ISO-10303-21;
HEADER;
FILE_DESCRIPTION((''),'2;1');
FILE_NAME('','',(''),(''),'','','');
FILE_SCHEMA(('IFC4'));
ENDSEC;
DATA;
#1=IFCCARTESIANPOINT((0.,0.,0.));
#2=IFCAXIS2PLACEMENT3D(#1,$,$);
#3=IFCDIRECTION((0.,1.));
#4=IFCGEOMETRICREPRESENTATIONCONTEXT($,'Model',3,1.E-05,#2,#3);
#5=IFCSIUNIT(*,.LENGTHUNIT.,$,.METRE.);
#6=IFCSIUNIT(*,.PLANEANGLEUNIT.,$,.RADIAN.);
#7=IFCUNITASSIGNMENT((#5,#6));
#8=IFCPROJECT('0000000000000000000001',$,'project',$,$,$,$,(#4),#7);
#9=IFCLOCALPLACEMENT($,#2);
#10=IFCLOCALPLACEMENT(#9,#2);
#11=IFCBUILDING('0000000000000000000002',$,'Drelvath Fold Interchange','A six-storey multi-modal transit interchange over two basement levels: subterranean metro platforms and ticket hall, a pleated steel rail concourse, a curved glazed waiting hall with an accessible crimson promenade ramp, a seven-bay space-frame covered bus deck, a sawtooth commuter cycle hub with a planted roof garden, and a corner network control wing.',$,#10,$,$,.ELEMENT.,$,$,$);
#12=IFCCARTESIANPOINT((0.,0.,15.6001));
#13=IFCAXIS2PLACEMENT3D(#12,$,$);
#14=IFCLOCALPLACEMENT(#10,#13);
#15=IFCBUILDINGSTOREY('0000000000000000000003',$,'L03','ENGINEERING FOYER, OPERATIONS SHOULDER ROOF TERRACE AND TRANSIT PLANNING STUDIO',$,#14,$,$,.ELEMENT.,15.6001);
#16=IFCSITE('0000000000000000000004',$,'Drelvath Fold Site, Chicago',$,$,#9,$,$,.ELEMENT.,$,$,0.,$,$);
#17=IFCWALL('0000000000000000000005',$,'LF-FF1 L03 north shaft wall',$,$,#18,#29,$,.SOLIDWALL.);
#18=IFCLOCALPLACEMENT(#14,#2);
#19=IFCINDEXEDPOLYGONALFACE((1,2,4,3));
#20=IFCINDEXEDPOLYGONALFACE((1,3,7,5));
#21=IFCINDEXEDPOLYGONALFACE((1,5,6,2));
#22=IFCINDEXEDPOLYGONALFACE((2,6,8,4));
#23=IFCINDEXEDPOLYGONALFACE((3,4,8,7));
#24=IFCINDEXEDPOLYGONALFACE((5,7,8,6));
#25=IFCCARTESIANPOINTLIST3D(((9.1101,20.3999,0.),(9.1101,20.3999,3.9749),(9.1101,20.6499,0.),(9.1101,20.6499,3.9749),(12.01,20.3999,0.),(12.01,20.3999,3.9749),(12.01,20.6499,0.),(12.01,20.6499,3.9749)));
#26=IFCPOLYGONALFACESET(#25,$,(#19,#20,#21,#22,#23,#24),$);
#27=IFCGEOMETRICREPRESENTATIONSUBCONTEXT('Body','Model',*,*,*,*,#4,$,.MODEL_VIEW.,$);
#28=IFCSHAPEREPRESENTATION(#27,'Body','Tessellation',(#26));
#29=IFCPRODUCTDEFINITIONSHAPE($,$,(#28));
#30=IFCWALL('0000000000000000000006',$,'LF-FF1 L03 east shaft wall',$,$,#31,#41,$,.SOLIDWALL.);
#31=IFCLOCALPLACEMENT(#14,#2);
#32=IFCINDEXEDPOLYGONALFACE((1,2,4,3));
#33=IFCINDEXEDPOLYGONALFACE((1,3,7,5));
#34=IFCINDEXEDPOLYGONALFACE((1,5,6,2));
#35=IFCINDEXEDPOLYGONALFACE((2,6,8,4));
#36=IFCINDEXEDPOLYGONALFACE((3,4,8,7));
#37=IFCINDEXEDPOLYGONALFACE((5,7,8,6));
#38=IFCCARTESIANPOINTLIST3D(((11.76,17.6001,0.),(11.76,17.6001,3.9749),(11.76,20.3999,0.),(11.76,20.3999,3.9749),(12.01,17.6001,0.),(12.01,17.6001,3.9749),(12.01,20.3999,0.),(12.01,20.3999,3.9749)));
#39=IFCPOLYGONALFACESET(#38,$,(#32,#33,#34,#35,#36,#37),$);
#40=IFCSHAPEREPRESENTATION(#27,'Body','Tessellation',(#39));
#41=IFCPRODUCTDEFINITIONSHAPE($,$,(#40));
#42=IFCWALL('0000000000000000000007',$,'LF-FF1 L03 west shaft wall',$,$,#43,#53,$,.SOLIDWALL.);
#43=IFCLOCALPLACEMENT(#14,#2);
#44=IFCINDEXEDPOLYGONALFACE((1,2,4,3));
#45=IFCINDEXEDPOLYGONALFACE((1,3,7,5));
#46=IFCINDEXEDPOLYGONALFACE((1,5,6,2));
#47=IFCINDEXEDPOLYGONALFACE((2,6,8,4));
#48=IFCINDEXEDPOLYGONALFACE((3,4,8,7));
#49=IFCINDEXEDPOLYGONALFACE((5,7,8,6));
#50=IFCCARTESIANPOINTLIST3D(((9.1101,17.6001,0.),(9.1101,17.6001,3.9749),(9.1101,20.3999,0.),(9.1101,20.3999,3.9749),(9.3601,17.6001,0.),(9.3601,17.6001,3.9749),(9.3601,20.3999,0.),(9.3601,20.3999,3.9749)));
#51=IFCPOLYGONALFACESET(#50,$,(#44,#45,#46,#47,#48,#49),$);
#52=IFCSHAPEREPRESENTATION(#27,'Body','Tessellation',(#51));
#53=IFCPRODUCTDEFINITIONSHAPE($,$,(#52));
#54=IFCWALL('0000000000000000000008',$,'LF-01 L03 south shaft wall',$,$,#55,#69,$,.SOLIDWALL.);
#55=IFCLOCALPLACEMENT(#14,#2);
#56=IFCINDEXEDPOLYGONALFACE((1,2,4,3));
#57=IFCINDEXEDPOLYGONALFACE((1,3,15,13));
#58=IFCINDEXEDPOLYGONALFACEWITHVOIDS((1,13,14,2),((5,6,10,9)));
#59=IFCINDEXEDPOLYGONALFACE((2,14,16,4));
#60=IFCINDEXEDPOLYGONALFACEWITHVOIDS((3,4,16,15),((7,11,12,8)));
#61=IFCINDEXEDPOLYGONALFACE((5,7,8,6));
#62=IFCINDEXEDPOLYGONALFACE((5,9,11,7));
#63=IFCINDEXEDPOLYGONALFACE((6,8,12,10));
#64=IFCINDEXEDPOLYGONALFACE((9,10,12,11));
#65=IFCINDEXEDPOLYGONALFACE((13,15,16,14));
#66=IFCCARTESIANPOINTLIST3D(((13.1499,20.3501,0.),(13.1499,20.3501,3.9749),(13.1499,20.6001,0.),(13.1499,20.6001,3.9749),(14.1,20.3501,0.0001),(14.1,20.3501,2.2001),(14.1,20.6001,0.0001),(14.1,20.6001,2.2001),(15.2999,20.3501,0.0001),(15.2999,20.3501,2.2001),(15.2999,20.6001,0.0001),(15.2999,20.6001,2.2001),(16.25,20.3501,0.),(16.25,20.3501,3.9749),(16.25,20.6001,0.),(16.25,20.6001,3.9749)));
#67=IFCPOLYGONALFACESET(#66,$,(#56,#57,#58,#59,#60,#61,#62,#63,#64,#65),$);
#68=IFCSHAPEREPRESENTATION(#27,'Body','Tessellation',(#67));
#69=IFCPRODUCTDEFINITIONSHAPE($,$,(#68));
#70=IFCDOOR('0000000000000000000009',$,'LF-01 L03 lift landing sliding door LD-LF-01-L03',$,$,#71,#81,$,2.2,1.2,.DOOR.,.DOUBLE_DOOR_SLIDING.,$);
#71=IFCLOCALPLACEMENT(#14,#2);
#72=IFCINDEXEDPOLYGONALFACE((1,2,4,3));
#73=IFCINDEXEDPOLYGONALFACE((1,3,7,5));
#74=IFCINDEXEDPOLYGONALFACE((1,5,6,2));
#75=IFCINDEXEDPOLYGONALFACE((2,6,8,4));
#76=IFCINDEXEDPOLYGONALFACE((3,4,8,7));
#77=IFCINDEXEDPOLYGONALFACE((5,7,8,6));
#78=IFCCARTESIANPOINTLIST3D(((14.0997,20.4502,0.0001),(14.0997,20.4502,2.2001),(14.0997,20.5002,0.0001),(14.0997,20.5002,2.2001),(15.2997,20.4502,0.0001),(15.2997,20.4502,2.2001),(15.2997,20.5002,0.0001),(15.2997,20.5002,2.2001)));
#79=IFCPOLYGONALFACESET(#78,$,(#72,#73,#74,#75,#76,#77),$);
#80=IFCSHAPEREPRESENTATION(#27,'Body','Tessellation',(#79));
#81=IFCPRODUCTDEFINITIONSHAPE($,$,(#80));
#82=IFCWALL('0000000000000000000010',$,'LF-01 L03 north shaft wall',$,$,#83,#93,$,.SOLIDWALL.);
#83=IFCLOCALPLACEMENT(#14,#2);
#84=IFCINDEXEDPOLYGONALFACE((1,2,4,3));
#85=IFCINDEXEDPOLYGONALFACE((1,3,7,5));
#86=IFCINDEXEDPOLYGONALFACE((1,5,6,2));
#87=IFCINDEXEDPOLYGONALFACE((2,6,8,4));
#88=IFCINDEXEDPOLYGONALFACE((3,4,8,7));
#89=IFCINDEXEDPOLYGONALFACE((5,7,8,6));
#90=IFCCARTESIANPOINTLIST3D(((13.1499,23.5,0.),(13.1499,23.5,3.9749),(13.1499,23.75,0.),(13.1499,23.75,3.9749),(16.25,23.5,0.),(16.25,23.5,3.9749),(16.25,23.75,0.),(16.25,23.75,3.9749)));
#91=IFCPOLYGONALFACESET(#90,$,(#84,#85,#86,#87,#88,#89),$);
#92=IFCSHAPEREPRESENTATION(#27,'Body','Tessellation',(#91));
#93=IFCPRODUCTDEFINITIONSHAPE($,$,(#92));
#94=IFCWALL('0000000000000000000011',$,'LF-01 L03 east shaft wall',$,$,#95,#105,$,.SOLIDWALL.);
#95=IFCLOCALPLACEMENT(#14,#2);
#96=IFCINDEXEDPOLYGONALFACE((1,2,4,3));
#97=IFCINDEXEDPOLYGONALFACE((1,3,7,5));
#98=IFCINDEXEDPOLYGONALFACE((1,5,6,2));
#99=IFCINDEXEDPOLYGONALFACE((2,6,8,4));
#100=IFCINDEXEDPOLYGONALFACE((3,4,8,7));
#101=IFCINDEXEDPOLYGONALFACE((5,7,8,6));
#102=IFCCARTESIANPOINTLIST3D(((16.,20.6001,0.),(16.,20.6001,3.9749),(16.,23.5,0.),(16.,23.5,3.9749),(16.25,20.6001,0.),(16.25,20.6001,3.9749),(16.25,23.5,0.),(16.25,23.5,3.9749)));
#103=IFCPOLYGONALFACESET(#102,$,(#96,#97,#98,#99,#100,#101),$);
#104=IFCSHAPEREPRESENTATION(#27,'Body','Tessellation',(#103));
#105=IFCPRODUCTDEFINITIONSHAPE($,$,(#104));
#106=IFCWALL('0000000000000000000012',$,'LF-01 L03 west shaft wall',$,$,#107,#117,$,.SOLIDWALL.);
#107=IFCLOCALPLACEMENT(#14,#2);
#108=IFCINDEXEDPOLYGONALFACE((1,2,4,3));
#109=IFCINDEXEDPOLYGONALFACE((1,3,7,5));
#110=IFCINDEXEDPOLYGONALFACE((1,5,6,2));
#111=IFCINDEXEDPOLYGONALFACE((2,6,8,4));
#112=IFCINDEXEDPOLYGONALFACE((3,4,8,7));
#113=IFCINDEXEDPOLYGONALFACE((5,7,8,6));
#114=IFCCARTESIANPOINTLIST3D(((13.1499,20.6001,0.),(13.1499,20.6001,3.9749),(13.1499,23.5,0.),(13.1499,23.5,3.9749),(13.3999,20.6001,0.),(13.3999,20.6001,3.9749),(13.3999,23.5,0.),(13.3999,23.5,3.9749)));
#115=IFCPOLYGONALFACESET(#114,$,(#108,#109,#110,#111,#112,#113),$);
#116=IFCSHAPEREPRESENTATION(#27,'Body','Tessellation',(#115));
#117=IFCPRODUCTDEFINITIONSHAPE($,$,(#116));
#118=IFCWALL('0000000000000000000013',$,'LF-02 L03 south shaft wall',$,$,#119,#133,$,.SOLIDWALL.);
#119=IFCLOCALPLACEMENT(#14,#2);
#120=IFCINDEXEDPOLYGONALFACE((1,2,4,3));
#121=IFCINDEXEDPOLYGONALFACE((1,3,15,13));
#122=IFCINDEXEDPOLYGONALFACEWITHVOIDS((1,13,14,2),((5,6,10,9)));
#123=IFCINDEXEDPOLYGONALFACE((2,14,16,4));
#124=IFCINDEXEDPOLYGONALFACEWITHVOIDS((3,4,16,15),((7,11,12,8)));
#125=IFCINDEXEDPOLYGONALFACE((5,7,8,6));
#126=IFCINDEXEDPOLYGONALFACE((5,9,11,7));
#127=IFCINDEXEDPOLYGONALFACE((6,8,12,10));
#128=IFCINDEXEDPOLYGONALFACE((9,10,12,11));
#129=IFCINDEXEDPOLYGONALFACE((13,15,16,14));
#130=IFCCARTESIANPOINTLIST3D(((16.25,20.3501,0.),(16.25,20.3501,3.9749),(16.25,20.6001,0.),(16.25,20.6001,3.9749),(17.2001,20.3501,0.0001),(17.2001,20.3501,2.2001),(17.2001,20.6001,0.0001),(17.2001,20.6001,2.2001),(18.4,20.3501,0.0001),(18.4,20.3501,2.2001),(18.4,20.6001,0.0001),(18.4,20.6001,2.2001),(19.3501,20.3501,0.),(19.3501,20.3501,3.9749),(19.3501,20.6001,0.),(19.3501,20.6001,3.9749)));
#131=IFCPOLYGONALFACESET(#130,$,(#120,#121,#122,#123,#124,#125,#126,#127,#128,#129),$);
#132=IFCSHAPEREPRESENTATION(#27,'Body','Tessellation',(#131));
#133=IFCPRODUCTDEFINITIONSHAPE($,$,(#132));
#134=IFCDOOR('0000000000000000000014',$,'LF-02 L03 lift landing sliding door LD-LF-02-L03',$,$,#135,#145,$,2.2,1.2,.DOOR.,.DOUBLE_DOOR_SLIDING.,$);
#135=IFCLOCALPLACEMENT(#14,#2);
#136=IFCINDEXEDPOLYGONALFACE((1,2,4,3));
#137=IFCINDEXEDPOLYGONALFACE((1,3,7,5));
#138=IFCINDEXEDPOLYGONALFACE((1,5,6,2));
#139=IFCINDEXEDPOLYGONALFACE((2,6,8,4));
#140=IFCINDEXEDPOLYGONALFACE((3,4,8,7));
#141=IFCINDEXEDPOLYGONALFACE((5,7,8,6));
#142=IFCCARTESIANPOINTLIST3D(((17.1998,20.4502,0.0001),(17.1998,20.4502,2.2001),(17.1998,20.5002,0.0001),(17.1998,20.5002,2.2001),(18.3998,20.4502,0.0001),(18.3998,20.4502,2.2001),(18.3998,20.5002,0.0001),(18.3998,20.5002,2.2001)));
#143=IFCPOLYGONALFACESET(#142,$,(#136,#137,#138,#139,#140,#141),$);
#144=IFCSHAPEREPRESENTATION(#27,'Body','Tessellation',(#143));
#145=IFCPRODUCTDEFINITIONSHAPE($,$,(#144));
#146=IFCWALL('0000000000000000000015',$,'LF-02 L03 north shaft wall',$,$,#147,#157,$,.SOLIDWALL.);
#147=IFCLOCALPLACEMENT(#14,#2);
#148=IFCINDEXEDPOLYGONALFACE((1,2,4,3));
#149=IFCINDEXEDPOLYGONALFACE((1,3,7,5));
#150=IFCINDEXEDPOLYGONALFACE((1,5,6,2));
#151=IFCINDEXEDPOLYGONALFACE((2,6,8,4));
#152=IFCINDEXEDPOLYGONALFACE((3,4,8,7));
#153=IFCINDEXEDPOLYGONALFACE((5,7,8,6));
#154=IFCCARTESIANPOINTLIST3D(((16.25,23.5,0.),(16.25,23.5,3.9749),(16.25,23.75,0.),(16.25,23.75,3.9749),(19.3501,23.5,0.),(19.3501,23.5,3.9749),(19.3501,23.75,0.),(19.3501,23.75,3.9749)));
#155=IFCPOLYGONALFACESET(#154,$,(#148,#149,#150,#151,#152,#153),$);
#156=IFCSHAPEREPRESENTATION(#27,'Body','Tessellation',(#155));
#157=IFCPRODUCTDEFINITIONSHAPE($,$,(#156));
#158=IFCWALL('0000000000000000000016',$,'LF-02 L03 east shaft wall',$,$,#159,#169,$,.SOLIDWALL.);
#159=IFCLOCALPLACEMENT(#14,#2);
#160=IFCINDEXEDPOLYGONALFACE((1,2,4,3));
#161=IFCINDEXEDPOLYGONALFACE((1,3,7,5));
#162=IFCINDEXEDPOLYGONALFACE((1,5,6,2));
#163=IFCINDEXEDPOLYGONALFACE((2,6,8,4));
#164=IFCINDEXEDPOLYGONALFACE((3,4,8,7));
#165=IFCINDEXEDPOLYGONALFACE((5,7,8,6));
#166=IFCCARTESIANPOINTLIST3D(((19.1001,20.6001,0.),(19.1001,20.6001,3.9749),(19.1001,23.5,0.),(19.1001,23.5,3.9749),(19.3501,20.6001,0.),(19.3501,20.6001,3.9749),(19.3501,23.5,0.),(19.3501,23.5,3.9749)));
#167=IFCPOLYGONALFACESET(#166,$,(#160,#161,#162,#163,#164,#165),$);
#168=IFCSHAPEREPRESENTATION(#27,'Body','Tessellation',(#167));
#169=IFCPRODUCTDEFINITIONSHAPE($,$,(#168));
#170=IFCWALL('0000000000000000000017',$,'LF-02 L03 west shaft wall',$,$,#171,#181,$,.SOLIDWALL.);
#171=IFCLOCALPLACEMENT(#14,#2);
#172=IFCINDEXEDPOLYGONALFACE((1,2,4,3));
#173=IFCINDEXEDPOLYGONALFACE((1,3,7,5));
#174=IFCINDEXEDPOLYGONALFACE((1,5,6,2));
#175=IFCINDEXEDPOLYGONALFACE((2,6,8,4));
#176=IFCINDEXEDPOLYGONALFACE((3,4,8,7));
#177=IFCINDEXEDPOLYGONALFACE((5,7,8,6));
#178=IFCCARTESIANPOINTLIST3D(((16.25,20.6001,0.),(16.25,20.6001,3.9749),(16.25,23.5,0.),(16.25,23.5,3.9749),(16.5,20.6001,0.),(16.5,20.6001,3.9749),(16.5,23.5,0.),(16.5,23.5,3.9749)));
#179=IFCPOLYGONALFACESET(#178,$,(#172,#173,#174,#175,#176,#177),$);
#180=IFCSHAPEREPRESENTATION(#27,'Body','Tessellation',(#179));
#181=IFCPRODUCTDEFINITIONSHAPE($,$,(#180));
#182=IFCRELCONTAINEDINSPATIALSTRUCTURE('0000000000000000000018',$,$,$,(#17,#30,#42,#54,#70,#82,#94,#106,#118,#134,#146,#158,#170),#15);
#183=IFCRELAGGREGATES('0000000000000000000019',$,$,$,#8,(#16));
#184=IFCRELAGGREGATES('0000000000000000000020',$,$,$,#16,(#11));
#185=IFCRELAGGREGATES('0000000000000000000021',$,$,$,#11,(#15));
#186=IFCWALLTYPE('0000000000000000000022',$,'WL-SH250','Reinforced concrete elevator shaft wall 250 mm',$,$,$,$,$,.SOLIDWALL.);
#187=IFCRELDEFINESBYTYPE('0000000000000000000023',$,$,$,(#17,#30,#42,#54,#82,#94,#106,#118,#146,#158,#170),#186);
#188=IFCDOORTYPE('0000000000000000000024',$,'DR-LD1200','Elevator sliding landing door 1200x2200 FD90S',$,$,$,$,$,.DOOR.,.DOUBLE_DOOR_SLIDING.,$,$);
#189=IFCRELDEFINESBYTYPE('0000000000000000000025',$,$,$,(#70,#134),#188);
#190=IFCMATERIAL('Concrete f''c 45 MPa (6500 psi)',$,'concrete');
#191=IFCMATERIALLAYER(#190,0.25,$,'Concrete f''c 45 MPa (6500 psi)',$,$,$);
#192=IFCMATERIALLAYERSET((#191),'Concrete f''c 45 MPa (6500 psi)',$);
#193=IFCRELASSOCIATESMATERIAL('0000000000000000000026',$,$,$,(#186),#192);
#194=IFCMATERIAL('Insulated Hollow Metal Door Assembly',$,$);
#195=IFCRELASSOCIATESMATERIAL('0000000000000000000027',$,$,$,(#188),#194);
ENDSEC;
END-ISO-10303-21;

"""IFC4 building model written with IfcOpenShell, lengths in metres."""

from ifc_helpers import new_model, si_unit, direction, frame, frame_2d, origin, place, context, subcontext, project, spatial, rectangle, extrude, material, layer, layer_set, type_object, element, fill, save


model = new_model("IFC4")

# Units and contexts
model_context = context("Model", 3, precision=1e-05, world=origin(), true_north=direction((0.0, 1.0)))
body_context = subcontext(model_context, "Body", "Model", "MODEL_VIEW")
ifc_project = project(units=[si_unit("LENGTHUNIT", "METRE"), si_unit("PLANEANGLEUNIT", "RADIAN")], contexts=[model_context])

# Site, building, storey
site_placement = place(None, origin())
site = spatial("IfcSite", under=ifc_project, at=site_placement, Name="Drelvath Fold Site, Chicago", CompositionType="ELEMENT", RefElevation=0.0)
building_placement = place(site_placement, origin())
building = spatial("IfcBuilding", under=site, at=building_placement, Name="Drelvath Fold Interchange", Description="A six-storey multi-modal transit interchange over two basement levels: subterranean metro platforms and ticket hall, a pleated steel rail concourse, a curved glazed waiting hall with an accessible crimson promenade ramp, a seven-bay space-frame covered bus deck, a sawtooth commuter cycle hub with a planted roof garden, and a corner network control wing.", CompositionType="ELEMENT")
storey_placement = place(building_placement, frame((0.0, 0.0, 15.6001)))
storey = spatial("IfcBuildingStorey", under=building, at=storey_placement, Name="L03", Description="ENGINEERING FOYER, OPERATIONS SHOULDER ROOF TERRACE AND TRANSIT PLANNING STUDIO", CompositionType="ELEMENT", Elevation=15.6001)

# Walls
ifc_material_1 = material(Name="Concrete f'c 45 MPa (6500 psi)", Category="concrete")
ifc_layer = layer(ifc_material_1, 0.25, Name="Concrete f'c 45 MPa (6500 psi)")
ifc_layer_set = layer_set([ifc_layer], Name="Concrete f'c 45 MPa (6500 psi)")
wall_type = type_object("IfcWallType", Name="WL-SH250", Description="Reinforced concrete elevator shaft wall 250 mm", PredefinedType="SOLIDWALL", material=ifc_layer_set)
wall_1_placement = place(storey_placement, frame((12.01, 20.5249, 0.0), z_axis=(0.0, 0.0, 1.0), x_axis=(-1.0, 0.0, 0.0)))
element("IfcWall", 1, at=wall_1_placement, inside=storey, type_object=wall_type, Name="LF-FF1 L03 north shaft wall", PredefinedType="SOLIDWALL", context=body_context, shape_type="SweptSolid", body=[
    extrude(rectangle(XDim=2.8999, YDim=0.25, at=frame_2d((1.45, 0.0))), origin(), (0.0, 0.0, 1.0), 3.9749),
])
for number, where, z_axis, x_axis, name in (
    (2, (11.885, 17.6001, 0.0), (0.0, 0.0, 1.0), (0.0, 1.0, 0.0), "LF-FF1 L03 east shaft wall"),
    (3, (9.2351, 20.3999, 0.0), (0.0, 0.0, 1.0), (0.0, -1.0, 0.0), "LF-FF1 L03 west shaft wall"),
):
    element("IfcWall", number, at=place(storey_placement, frame(where, z_axis=z_axis, x_axis=x_axis)), inside=storey, type_object=wall_type, Name=name, PredefinedType="SOLIDWALL", context=body_context, shape_type="SweptSolid", body=[
        extrude(rectangle(XDim=2.7998, YDim=0.25, at=frame_2d((1.3999, 0.0))), origin(), (0.0, 0.0, 1.0), 3.9749),
    ])

# Wall, opening, door
wall_2_placement = place(storey_placement, frame((13.1499, 20.4751, 0.0), z_axis=(0.0, 0.0, 1.0), x_axis=(1.0, 0.0, 0.0)))
wall_2 = element("IfcWall", 4, at=wall_2_placement, inside=storey, type_object=wall_type, Name="LF-01 L03 south shaft wall", PredefinedType="SOLIDWALL", context=body_context, shape_type="SweptSolid", body=[
    extrude(rectangle(XDim=3.1001, YDim=0.25, at=frame_2d((1.55, 0.0))), origin(), (0.0, 0.0, 1.0), 3.9749),
])
opening_1_placement = place(wall_2_placement, frame((0.95, 0.0, 0.0)))
opening_1 = element("IfcOpeningElement", 5, at=opening_1_placement, cuts=wall_2, PredefinedType="OPENING", context=body_context, shape_type="SweptSolid", body=[
    extrude(rectangle(XDim=1.2, YDim=2.2, at=frame_2d((0.6001, 1.1001))), frame((0.0, 0.135, 0.0), z_axis=(0.0, -1.0, 0.0), x_axis=(1.0, 0.0, 0.0)), (0.0, 0.0, 1.0), 0.27),
])
ifc_material_2 = material(Name="Insulated Hollow Metal Door Assembly")
door_type = type_object("IfcDoorType", Name="DR-LD1200", Description="Elevator sliding landing door 1200x2200 FD90S", OperationType="DOUBLE_DOOR_SLIDING", PredefinedType="DOOR", material=ifc_material_2)
door_1_placement = place(opening_1_placement, frame((1.2, 0.0, 0.0), z_axis=(0.0, 0.0, 1.0), x_axis=(-1.0, 0.0, 0.0)))
door_1 = element("IfcDoor", 6, at=door_1_placement, inside=storey, type_object=door_type, Name="LF-01 L03 lift landing sliding door LD-LF-01-L03", OperationType="DOUBLE_DOOR_SLIDING", OverallHeight=2.2, OverallWidth=1.2, PredefinedType="DOOR", context=body_context, shape_type="SweptSolid", body=[
    extrude(rectangle(XDim=1.2, YDim=2.2, at=frame_2d((0.6001, 1.1001))), frame((0.0, 0.0249, 0.0), z_axis=(0.0, -1.0, 0.0), x_axis=(1.0, 0.0, 0.0)), (0.0, 0.0, 1.0), 0.05),
])
fill(opening_1, door_1)

# Walls
wall_3_placement = place(storey_placement, frame((16.25, 23.625, 0.0), z_axis=(0.0, 0.0, 1.0), x_axis=(-1.0, 0.0, 0.0)))
element("IfcWall", 7, at=wall_3_placement, inside=storey, type_object=wall_type, Name="LF-01 L03 north shaft wall", PredefinedType="SOLIDWALL", context=body_context, shape_type="SweptSolid", body=[
    extrude(rectangle(XDim=3.1001, YDim=0.25, at=frame_2d((1.55, 0.0))), origin(), (0.0, 0.0, 1.0), 3.9749),
])
for number, where, z_axis, x_axis, name in (
    (8, (16.125, 20.6001, 0.0), (0.0, 0.0, 1.0), (0.0, 1.0, 0.0), "LF-01 L03 east shaft wall"),
    (9, (13.2749, 23.5, 0.0), (0.0, 0.0, 1.0), (0.0, -1.0, 0.0), "LF-01 L03 west shaft wall"),
):
    element("IfcWall", number, at=place(storey_placement, frame(where, z_axis=z_axis, x_axis=x_axis)), inside=storey, type_object=wall_type, Name=name, PredefinedType="SOLIDWALL", context=body_context, shape_type="SweptSolid", body=[
        extrude(rectangle(XDim=2.8999, YDim=0.25, at=frame_2d((1.45, 0.0))), origin(), (0.0, 0.0, 1.0), 3.9749),
    ])

# Wall, opening, door
wall_4_placement = place(storey_placement, frame((16.25, 20.4751, 0.0), z_axis=(0.0, 0.0, 1.0), x_axis=(1.0, 0.0, 0.0)))
wall_4 = element("IfcWall", 10, at=wall_4_placement, inside=storey, type_object=wall_type, Name="LF-02 L03 south shaft wall", PredefinedType="SOLIDWALL", context=body_context, shape_type="SweptSolid", body=[
    extrude(rectangle(XDim=3.1001, YDim=0.25, at=frame_2d((1.55, 0.0))), origin(), (0.0, 0.0, 1.0), 3.9749),
])
opening_2_placement = place(wall_4_placement, frame((0.95, 0.0, 0.0)))
opening_2 = element("IfcOpeningElement", 11, at=opening_2_placement, cuts=wall_4, PredefinedType="OPENING", context=body_context, shape_type="SweptSolid", body=[
    extrude(rectangle(XDim=1.2, YDim=2.2, at=frame_2d((0.6001, 1.1001))), frame((0.0, 0.135, 0.0), z_axis=(0.0, -1.0, 0.0), x_axis=(1.0, 0.0, 0.0)), (0.0, 0.0, 1.0), 0.27),
])
door_2_placement = place(opening_2_placement, frame((1.2, 0.0, 0.0), z_axis=(0.0, 0.0, 1.0), x_axis=(-1.0, 0.0, 0.0)))
door_2 = element("IfcDoor", 12, at=door_2_placement, inside=storey, type_object=door_type, Name="LF-02 L03 lift landing sliding door LD-LF-02-L03", OperationType="DOUBLE_DOOR_SLIDING", OverallHeight=2.2, OverallWidth=1.2, PredefinedType="DOOR", context=body_context, shape_type="SweptSolid", body=[
    extrude(rectangle(XDim=1.2, YDim=2.2, at=frame_2d((0.6001, 1.1001))), frame((0.0, 0.0249, 0.0), z_axis=(0.0, -1.0, 0.0), x_axis=(1.0, 0.0, 0.0)), (0.0, 0.0, 1.0), 0.05),
])
fill(opening_2, door_2)

# Walls
wall_5_placement = place(storey_placement, frame((19.3501, 23.625, 0.0), z_axis=(0.0, 0.0, 1.0), x_axis=(-1.0, 0.0, 0.0)))
element("IfcWall", 13, at=wall_5_placement, inside=storey, type_object=wall_type, Name="LF-02 L03 north shaft wall", PredefinedType="SOLIDWALL", context=body_context, shape_type="SweptSolid", body=[
    extrude(rectangle(XDim=3.1001, YDim=0.25, at=frame_2d((1.55, 0.0))), origin(), (0.0, 0.0, 1.0), 3.9749),
])
for number, where, z_axis, x_axis, name in (
    (14, (19.2251, 20.6001, 0.0), (0.0, 0.0, 1.0), (0.0, 1.0, 0.0), "LF-02 L03 east shaft wall"),
    (15, (16.375, 23.5, 0.0), (0.0, 0.0, 1.0), (0.0, -1.0, 0.0), "LF-02 L03 west shaft wall"),
):
    element("IfcWall", number, at=place(storey_placement, frame(where, z_axis=z_axis, x_axis=x_axis)), inside=storey, type_object=wall_type, Name=name, PredefinedType="SOLIDWALL", context=body_context, shape_type="SweptSolid", body=[
        extrude(rectangle(XDim=2.8999, YDim=0.25, at=frame_2d((1.45, 0.0))), origin(), (0.0, 0.0, 1.0), 3.9749),
    ])

save(model, "model.ifc")
